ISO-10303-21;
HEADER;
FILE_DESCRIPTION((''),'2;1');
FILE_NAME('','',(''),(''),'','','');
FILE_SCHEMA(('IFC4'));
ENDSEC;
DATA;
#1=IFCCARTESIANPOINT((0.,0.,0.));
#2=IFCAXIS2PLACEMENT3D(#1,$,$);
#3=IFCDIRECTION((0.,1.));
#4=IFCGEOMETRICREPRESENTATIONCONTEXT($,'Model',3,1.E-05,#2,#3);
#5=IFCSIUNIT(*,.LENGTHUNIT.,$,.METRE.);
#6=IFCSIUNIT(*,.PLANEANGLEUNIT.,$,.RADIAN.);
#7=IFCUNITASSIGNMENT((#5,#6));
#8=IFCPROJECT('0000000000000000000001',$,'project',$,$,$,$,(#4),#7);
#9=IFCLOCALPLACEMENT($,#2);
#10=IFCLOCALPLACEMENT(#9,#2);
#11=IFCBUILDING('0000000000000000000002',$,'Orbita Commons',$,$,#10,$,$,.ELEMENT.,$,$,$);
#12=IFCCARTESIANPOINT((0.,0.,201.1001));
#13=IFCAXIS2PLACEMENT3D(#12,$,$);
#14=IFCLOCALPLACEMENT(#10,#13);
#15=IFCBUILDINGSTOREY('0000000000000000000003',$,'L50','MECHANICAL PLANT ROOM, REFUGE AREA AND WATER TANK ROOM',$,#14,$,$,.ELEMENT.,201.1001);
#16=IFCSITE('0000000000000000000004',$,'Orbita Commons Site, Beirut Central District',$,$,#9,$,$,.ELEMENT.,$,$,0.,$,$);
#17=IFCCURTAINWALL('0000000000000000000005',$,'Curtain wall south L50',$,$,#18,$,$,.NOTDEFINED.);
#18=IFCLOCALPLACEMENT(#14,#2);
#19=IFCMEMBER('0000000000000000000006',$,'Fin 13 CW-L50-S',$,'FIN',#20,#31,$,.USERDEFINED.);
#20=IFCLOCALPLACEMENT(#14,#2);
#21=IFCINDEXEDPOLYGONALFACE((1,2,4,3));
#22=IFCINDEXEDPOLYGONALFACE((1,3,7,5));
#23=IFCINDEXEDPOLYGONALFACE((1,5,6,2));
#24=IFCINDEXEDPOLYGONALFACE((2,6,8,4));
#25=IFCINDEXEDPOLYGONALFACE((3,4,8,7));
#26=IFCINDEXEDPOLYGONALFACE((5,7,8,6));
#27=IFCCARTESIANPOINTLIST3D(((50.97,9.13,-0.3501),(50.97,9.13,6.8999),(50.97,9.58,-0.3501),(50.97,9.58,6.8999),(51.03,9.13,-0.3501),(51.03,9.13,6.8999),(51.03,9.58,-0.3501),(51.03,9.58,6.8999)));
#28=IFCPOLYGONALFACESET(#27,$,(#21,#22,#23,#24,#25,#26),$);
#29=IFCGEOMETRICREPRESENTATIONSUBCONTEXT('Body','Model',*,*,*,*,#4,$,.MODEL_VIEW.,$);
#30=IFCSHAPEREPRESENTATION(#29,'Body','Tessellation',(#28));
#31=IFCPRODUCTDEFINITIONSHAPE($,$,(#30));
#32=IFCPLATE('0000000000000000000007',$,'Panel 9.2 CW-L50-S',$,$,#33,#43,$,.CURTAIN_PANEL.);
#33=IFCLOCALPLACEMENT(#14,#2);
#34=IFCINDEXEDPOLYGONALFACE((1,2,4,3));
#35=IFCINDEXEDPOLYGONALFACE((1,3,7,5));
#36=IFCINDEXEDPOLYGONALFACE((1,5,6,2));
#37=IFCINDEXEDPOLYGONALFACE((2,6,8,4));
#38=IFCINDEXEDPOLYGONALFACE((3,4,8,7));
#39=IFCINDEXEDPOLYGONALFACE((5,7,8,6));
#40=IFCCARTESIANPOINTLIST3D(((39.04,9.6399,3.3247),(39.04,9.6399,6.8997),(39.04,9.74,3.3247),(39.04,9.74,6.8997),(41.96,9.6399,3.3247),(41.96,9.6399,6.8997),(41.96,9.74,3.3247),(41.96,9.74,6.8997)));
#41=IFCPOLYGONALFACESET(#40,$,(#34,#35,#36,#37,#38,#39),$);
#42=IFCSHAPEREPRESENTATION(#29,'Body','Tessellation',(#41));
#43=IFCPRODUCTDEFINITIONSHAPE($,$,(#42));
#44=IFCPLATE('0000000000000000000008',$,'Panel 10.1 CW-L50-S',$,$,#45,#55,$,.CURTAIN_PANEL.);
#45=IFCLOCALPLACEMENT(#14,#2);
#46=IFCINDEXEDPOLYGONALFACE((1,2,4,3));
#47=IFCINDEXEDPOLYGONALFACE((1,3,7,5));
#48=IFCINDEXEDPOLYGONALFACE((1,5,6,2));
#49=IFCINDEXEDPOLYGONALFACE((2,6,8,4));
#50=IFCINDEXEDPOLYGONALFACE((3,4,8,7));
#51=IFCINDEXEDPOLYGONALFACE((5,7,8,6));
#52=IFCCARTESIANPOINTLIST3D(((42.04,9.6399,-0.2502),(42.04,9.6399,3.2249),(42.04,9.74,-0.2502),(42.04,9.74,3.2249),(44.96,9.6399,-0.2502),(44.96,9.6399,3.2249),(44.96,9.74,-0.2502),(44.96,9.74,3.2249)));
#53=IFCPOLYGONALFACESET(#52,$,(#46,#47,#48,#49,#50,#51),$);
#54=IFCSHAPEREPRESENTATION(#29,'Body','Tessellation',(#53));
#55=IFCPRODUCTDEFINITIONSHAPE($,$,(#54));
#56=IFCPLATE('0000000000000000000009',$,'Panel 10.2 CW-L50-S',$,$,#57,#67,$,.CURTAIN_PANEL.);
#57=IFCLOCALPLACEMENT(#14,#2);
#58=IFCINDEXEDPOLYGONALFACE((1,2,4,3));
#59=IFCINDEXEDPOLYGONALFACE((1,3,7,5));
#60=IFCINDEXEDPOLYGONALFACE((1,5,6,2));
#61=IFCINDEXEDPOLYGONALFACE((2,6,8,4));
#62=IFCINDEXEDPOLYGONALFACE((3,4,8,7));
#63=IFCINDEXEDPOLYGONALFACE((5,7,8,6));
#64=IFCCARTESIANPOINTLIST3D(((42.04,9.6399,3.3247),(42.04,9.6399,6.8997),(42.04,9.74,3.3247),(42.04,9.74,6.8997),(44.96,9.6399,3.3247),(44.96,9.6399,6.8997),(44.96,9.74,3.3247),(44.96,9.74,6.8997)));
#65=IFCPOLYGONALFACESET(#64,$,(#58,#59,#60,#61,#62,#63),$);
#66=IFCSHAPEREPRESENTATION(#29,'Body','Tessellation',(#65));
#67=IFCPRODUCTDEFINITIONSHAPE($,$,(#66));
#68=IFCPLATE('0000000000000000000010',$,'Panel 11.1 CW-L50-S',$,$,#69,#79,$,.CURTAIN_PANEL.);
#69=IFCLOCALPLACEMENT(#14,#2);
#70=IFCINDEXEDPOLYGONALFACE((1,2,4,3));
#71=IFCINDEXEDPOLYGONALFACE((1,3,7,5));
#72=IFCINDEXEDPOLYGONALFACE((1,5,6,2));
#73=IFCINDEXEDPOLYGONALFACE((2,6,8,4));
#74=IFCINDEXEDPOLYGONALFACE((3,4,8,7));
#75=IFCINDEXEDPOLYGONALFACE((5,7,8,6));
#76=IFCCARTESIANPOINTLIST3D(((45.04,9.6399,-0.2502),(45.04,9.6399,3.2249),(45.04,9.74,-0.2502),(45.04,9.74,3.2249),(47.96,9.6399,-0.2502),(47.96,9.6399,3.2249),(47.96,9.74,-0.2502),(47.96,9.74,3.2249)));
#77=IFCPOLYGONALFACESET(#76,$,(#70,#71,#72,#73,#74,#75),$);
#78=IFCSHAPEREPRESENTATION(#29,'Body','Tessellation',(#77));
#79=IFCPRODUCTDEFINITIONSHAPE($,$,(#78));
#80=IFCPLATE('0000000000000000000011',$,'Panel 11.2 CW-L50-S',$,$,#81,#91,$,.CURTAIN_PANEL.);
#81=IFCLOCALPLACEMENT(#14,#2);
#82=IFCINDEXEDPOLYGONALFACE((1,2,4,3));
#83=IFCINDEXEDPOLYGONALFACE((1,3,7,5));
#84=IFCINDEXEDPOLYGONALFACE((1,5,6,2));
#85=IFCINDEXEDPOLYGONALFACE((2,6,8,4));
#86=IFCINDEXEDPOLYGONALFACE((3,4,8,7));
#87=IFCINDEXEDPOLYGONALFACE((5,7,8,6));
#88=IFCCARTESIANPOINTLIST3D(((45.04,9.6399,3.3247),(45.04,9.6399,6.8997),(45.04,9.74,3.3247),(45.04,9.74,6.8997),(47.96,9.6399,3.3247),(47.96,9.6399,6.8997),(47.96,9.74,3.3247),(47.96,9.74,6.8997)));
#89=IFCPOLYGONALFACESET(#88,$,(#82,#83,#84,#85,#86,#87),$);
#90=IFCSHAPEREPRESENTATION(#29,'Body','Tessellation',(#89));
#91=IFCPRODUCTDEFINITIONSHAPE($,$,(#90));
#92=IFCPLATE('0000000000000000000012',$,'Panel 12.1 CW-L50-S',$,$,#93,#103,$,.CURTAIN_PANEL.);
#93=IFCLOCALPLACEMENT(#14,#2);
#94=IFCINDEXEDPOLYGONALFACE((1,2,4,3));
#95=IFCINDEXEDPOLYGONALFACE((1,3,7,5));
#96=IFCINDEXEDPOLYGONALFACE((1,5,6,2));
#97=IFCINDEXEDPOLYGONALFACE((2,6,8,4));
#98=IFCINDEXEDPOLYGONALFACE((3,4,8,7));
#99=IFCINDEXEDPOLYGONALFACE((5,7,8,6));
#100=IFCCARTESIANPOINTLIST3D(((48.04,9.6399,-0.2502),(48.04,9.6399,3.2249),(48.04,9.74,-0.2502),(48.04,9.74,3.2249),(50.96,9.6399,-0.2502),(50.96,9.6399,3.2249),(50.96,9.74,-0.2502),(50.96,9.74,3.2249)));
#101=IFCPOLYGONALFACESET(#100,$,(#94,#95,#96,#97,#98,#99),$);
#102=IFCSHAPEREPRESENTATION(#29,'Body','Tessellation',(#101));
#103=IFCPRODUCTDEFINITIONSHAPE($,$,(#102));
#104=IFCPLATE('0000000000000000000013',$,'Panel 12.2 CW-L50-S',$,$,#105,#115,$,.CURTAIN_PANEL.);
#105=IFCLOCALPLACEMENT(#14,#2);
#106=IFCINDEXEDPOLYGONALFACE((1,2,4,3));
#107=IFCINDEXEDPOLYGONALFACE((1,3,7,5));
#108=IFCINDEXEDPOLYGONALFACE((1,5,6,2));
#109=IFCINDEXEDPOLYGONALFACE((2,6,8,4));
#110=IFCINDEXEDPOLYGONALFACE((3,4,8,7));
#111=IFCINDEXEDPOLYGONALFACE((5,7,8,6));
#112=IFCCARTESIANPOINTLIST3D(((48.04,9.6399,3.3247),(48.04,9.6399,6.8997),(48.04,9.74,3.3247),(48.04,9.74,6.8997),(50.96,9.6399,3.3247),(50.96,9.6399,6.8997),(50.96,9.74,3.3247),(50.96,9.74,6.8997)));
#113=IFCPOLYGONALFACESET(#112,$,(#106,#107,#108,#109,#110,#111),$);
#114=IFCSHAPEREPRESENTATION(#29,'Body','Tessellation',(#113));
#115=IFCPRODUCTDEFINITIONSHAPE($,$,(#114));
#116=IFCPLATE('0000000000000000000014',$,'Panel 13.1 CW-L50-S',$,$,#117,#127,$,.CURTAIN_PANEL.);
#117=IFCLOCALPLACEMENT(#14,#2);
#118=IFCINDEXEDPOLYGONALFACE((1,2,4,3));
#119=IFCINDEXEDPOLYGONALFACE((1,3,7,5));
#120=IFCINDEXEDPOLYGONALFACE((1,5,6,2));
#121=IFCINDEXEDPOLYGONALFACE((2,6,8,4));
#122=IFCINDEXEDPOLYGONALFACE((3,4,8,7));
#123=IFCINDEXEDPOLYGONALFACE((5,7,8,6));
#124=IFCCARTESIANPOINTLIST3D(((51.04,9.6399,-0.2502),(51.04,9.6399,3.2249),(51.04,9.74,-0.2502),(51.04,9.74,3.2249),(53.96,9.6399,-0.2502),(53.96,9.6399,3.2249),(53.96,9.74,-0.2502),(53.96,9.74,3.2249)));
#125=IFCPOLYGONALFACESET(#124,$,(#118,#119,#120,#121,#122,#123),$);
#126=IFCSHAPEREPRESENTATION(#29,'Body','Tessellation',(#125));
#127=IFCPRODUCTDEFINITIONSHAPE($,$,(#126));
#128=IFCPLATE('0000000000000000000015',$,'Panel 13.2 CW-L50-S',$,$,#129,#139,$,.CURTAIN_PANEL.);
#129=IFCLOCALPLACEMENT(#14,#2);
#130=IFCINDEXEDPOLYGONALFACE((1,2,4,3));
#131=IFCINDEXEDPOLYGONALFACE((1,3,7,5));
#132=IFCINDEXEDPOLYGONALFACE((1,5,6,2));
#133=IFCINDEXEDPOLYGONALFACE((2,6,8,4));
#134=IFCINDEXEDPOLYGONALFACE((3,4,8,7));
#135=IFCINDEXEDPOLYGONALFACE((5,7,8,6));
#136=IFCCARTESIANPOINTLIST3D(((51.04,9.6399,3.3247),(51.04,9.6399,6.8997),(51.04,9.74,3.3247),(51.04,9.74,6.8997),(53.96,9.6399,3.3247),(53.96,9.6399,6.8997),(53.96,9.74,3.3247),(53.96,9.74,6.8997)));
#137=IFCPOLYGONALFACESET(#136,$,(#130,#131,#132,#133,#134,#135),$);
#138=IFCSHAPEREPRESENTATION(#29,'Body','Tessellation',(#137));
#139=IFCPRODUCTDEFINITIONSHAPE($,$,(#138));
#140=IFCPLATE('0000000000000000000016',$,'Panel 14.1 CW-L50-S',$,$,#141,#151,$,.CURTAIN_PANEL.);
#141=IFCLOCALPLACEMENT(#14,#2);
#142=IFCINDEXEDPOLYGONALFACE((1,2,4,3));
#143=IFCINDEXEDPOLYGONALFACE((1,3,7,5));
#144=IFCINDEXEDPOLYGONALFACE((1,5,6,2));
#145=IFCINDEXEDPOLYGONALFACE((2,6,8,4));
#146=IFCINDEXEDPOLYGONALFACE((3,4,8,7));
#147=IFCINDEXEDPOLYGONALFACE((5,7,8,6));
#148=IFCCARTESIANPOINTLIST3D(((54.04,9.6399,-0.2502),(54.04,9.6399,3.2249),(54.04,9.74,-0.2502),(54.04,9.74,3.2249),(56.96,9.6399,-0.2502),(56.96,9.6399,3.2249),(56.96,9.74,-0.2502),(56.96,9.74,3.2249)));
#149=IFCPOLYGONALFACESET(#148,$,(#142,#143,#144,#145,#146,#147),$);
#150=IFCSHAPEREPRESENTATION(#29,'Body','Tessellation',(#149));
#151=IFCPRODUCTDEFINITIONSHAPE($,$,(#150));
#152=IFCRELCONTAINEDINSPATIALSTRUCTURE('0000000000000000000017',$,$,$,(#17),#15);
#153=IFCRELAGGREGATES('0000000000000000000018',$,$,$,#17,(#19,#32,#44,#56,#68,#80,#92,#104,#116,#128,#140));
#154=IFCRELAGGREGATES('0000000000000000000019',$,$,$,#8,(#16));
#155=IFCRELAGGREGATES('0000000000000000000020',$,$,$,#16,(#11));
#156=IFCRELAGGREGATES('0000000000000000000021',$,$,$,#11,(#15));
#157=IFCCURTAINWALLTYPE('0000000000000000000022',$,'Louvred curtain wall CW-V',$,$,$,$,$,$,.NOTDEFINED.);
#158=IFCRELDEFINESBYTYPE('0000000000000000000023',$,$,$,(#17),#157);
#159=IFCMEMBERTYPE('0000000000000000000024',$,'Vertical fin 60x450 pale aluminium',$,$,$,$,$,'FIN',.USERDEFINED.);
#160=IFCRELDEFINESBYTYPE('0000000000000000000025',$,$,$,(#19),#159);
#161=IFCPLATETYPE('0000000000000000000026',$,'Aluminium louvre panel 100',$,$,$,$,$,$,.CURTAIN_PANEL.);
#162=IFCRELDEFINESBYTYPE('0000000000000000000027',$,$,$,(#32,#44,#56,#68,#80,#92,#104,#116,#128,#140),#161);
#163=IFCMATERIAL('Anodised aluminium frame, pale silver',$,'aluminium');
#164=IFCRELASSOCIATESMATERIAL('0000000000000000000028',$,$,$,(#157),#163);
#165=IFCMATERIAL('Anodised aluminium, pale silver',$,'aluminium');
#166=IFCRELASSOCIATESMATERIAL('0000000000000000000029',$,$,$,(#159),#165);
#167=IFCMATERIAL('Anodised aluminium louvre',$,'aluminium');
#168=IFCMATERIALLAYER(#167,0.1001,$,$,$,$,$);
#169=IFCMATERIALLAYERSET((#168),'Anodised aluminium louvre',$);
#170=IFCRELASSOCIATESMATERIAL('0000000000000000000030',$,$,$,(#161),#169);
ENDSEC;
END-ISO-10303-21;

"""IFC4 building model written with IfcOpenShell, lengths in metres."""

from ifc_helpers import new_model, si_unit, direction, frame, origin, origin_2d, place, context, subcontext, project, spatial, rectangle, extrude, material, layer, layer_set, material_profile, profile_set, type_object, element, aggregate, save


model = new_model("IFC4")

# Units and contexts
model_context = context("Model", 3, precision=1e-05, world=origin(), true_north=direction((0.0, 1.0)))
body_context = subcontext(model_context, "Body", "Model", "MODEL_VIEW")
ifc_project = project(units=[si_unit("LENGTHUNIT", "METRE"), si_unit("PLANEANGLEUNIT", "RADIAN")], contexts=[model_context])

# Site, building, storey
site_placement = place(None, origin())
site = spatial("IfcSite", under=ifc_project, at=site_placement, Name="Orbita Commons Site, Beirut Central District", CompositionType="ELEMENT", RefElevation=0.0)
building_placement = place(site_placement, origin())
building = spatial("IfcBuilding", under=site, at=building_placement, Name="Orbita Commons", CompositionType="ELEMENT")
storey_placement = place(building_placement, frame((0.0, 0.0, 201.1001)))
storey = spatial("IfcBuildingStorey", under=building, at=storey_placement, Name="L50", Description="MECHANICAL PLANT ROOM, REFUGE AREA AND WATER TANK ROOM", CompositionType="ELEMENT", Elevation=201.1001)

# Curtain wall, member, plates
ifc_material_1 = material(Name="Anodised aluminium frame, pale silver", Category="aluminium")
curtain_wall_type = type_object("IfcCurtainWallType", Name="Louvred curtain wall CW-V", PredefinedType="NOTDEFINED", material=ifc_material_1)
curtain_wall_placement = place(storey_placement, origin())
curtain_wall = element("IfcCurtainWall", 1, at=curtain_wall_placement, inside=storey, type_object=curtain_wall_type, Name="Curtain wall south L50", PredefinedType="NOTDEFINED")
ifc_material_2 = material(Name="Anodised aluminium, pale silver", Category="aluminium")
ifc_material_profile_1 = material_profile(ifc_material_2, rectangle(XDim=0.0601, YDim=0.45, at=origin_2d()), Name="FIN 60x450")
ifc_profile_set_1 = profile_set([ifc_material_profile_1], Name="Anodised aluminium, pale silver")
member_type_1 = type_object("IfcMemberType", Name="Vertical fin 60x450 pale aluminium", ElementType="FIN", PredefinedType="USERDEFINED", material=ifc_profile_set_1)
member_1_placement = place(storey_placement, frame((51.0, 9.355, -0.3501), z_axis=(0.0, 0.0, 1.0), x_axis=(1.0, 0.0, 0.0)))
member_1 = element("IfcMember", 2, at=member_1_placement, type_object=member_type_1, Name="Fin 13 CW-L50-S", ObjectType="FIN", PredefinedType="USERDEFINED", context=body_context, shape_type="SweptSolid", body=[
    extrude(rectangle(XDim=0.0601, YDim=0.45, at=origin_2d()), origin(), (0.0, 0.0, 1.0), 7.25),
])
ifc_material_3 = material(Name="Anodised aluminium louvre", Category="aluminium")
ifc_layer = layer(ifc_material_3, 0.1001)
ifc_layer_set = layer_set([ifc_layer], Name="Anodised aluminium louvre")
plate_type = type_object("IfcPlateType", Name="Aluminium louvre panel 100", PredefinedType="CURTAIN_PANEL", material=ifc_layer_set)
plate_1_placement = place(storey_placement, frame((40.5, 9.6899, 3.3247), z_axis=(0.0, 0.0, 1.0), x_axis=(1.0, 0.0, 0.0)))
plate_1 = element("IfcPlate", 3, at=plate_1_placement, type_object=plate_type, Name="Panel 9.2 CW-L50-S", PredefinedType="CURTAIN_PANEL", context=body_context, shape_type="SweptSolid", body=[
    extrude(rectangle(XDim=2.9199, YDim=0.1001, at=origin_2d()), origin(), (0.0, 0.0, 1.0), 3.575),
])
plate_2_placement = place(storey_placement, frame((43.5, 9.6899, -0.2502), z_axis=(0.0, 0.0, 1.0), x_axis=(1.0, 0.0, 0.0)))
plate_2 = element("IfcPlate", 4, at=plate_2_placement, type_object=plate_type, Name="Panel 10.1 CW-L50-S", PredefinedType="CURTAIN_PANEL", context=body_context, shape_type="SweptSolid", body=[
    extrude(rectangle(XDim=2.9199, YDim=0.1001, at=origin_2d()), origin(), (0.0, 0.0, 1.0), 3.4751),
])
plate_3_placement = place(storey_placement, frame((43.5, 9.6899, 3.3247), z_axis=(0.0, 0.0, 1.0), x_axis=(1.0, 0.0, 0.0)))
plate_3 = element("IfcPlate", 5, at=plate_3_placement, type_object=plate_type, Name="Panel 10.2 CW-L50-S", PredefinedType="CURTAIN_PANEL", context=body_context, shape_type="SweptSolid", body=[
    extrude(rectangle(XDim=2.9199, YDim=0.1001, at=origin_2d()), origin(), (0.0, 0.0, 1.0), 3.575),
])
plate_4_placement = place(storey_placement, frame((46.5, 9.6899, -0.2502), z_axis=(0.0, 0.0, 1.0), x_axis=(1.0, 0.0, 0.0)))
plate_4 = element("IfcPlate", 6, at=plate_4_placement, type_object=plate_type, Name="Panel 11.1 CW-L50-S", PredefinedType="CURTAIN_PANEL", context=body_context, shape_type="SweptSolid", body=[
    extrude(rectangle(XDim=2.9199, YDim=0.1001, at=origin_2d()), origin(), (0.0, 0.0, 1.0), 3.4751),
])
plate_5_placement = place(storey_placement, frame((46.5, 9.6899, 3.3247), z_axis=(0.0, 0.0, 1.0), x_axis=(1.0, 0.0, 0.0)))
plate_5 = element("IfcPlate", 7, at=plate_5_placement, type_object=plate_type, Name="Panel 11.2 CW-L50-S", PredefinedType="CURTAIN_PANEL", context=body_context, shape_type="SweptSolid", body=[
    extrude(rectangle(XDim=2.9199, YDim=0.1001, at=origin_2d()), origin(), (0.0, 0.0, 1.0), 3.575),
])
plate_6_placement = place(storey_placement, frame((49.5, 9.6899, -0.2502), z_axis=(0.0, 0.0, 1.0), x_axis=(1.0, 0.0, 0.0)))
plate_6 = element("IfcPlate", 8, at=plate_6_placement, type_object=plate_type, Name="Panel 12.1 CW-L50-S", PredefinedType="CURTAIN_PANEL", context=body_context, shape_type="SweptSolid", body=[
    extrude(rectangle(XDim=2.9199, YDim=0.1001, at=origin_2d()), origin(), (0.0, 0.0, 1.0), 3.4751),
])
plate_7_placement = place(storey_placement, frame((49.5, 9.6899, 3.3247), z_axis=(0.0, 0.0, 1.0), x_axis=(1.0, 0.0, 0.0)))
plate_7 = element("IfcPlate", 9, at=plate_7_placement, type_object=plate_type, Name="Panel 12.2 CW-L50-S", PredefinedType="CURTAIN_PANEL", context=body_context, shape_type="SweptSolid", body=[
    extrude(rectangle(XDim=2.9199, YDim=0.1001, at=origin_2d()), origin(), (0.0, 0.0, 1.0), 3.575),
])
plate_8_placement = place(storey_placement, frame((52.5, 9.6899, -0.2502), z_axis=(0.0, 0.0, 1.0), x_axis=(1.0, 0.0, 0.0)))
plate_8 = element("IfcPlate", 10, at=plate_8_placement, type_object=plate_type, Name="Panel 13.1 CW-L50-S", PredefinedType="CURTAIN_PANEL", context=body_context, shape_type="SweptSolid", body=[
    extrude(rectangle(XDim=2.9199, YDim=0.1001, at=origin_2d()), origin(), (0.0, 0.0, 1.0), 3.4751),
])
plate_9_placement = place(storey_placement, frame((52.5, 9.6899, 3.3247), z_axis=(0.0, 0.0, 1.0), x_axis=(1.0, 0.0, 0.0)))
plate_9 = element("IfcPlate", 11, at=plate_9_placement, type_object=plate_type, Name="Panel 13.2 CW-L50-S", PredefinedType="CURTAIN_PANEL", context=body_context, shape_type="SweptSolid", body=[
    extrude(rectangle(XDim=2.9199, YDim=0.1001, at=origin_2d()), origin(), (0.0, 0.0, 1.0), 3.575),
])
plate_10_placement = place(storey_placement, frame((55.5, 9.6899, -0.2502), z_axis=(0.0, 0.0, 1.0), x_axis=(1.0, 0.0, 0.0)))
plate_10 = element("IfcPlate", 12, at=plate_10_placement, type_object=plate_type, Name="Panel 14.1 CW-L50-S", PredefinedType="CURTAIN_PANEL", context=body_context, shape_type="SweptSolid", body=[
    extrude(rectangle(XDim=2.9199, YDim=0.1001, at=origin_2d()), origin(), (0.0, 0.0, 1.0), 3.4751),
])
aggregate(curtain_wall, [member_1, plate_1, plate_2, plate_3, plate_4, plate_5, plate_6, plate_7, plate_8, plate_9, plate_10])

save(model, "model.ifc")
